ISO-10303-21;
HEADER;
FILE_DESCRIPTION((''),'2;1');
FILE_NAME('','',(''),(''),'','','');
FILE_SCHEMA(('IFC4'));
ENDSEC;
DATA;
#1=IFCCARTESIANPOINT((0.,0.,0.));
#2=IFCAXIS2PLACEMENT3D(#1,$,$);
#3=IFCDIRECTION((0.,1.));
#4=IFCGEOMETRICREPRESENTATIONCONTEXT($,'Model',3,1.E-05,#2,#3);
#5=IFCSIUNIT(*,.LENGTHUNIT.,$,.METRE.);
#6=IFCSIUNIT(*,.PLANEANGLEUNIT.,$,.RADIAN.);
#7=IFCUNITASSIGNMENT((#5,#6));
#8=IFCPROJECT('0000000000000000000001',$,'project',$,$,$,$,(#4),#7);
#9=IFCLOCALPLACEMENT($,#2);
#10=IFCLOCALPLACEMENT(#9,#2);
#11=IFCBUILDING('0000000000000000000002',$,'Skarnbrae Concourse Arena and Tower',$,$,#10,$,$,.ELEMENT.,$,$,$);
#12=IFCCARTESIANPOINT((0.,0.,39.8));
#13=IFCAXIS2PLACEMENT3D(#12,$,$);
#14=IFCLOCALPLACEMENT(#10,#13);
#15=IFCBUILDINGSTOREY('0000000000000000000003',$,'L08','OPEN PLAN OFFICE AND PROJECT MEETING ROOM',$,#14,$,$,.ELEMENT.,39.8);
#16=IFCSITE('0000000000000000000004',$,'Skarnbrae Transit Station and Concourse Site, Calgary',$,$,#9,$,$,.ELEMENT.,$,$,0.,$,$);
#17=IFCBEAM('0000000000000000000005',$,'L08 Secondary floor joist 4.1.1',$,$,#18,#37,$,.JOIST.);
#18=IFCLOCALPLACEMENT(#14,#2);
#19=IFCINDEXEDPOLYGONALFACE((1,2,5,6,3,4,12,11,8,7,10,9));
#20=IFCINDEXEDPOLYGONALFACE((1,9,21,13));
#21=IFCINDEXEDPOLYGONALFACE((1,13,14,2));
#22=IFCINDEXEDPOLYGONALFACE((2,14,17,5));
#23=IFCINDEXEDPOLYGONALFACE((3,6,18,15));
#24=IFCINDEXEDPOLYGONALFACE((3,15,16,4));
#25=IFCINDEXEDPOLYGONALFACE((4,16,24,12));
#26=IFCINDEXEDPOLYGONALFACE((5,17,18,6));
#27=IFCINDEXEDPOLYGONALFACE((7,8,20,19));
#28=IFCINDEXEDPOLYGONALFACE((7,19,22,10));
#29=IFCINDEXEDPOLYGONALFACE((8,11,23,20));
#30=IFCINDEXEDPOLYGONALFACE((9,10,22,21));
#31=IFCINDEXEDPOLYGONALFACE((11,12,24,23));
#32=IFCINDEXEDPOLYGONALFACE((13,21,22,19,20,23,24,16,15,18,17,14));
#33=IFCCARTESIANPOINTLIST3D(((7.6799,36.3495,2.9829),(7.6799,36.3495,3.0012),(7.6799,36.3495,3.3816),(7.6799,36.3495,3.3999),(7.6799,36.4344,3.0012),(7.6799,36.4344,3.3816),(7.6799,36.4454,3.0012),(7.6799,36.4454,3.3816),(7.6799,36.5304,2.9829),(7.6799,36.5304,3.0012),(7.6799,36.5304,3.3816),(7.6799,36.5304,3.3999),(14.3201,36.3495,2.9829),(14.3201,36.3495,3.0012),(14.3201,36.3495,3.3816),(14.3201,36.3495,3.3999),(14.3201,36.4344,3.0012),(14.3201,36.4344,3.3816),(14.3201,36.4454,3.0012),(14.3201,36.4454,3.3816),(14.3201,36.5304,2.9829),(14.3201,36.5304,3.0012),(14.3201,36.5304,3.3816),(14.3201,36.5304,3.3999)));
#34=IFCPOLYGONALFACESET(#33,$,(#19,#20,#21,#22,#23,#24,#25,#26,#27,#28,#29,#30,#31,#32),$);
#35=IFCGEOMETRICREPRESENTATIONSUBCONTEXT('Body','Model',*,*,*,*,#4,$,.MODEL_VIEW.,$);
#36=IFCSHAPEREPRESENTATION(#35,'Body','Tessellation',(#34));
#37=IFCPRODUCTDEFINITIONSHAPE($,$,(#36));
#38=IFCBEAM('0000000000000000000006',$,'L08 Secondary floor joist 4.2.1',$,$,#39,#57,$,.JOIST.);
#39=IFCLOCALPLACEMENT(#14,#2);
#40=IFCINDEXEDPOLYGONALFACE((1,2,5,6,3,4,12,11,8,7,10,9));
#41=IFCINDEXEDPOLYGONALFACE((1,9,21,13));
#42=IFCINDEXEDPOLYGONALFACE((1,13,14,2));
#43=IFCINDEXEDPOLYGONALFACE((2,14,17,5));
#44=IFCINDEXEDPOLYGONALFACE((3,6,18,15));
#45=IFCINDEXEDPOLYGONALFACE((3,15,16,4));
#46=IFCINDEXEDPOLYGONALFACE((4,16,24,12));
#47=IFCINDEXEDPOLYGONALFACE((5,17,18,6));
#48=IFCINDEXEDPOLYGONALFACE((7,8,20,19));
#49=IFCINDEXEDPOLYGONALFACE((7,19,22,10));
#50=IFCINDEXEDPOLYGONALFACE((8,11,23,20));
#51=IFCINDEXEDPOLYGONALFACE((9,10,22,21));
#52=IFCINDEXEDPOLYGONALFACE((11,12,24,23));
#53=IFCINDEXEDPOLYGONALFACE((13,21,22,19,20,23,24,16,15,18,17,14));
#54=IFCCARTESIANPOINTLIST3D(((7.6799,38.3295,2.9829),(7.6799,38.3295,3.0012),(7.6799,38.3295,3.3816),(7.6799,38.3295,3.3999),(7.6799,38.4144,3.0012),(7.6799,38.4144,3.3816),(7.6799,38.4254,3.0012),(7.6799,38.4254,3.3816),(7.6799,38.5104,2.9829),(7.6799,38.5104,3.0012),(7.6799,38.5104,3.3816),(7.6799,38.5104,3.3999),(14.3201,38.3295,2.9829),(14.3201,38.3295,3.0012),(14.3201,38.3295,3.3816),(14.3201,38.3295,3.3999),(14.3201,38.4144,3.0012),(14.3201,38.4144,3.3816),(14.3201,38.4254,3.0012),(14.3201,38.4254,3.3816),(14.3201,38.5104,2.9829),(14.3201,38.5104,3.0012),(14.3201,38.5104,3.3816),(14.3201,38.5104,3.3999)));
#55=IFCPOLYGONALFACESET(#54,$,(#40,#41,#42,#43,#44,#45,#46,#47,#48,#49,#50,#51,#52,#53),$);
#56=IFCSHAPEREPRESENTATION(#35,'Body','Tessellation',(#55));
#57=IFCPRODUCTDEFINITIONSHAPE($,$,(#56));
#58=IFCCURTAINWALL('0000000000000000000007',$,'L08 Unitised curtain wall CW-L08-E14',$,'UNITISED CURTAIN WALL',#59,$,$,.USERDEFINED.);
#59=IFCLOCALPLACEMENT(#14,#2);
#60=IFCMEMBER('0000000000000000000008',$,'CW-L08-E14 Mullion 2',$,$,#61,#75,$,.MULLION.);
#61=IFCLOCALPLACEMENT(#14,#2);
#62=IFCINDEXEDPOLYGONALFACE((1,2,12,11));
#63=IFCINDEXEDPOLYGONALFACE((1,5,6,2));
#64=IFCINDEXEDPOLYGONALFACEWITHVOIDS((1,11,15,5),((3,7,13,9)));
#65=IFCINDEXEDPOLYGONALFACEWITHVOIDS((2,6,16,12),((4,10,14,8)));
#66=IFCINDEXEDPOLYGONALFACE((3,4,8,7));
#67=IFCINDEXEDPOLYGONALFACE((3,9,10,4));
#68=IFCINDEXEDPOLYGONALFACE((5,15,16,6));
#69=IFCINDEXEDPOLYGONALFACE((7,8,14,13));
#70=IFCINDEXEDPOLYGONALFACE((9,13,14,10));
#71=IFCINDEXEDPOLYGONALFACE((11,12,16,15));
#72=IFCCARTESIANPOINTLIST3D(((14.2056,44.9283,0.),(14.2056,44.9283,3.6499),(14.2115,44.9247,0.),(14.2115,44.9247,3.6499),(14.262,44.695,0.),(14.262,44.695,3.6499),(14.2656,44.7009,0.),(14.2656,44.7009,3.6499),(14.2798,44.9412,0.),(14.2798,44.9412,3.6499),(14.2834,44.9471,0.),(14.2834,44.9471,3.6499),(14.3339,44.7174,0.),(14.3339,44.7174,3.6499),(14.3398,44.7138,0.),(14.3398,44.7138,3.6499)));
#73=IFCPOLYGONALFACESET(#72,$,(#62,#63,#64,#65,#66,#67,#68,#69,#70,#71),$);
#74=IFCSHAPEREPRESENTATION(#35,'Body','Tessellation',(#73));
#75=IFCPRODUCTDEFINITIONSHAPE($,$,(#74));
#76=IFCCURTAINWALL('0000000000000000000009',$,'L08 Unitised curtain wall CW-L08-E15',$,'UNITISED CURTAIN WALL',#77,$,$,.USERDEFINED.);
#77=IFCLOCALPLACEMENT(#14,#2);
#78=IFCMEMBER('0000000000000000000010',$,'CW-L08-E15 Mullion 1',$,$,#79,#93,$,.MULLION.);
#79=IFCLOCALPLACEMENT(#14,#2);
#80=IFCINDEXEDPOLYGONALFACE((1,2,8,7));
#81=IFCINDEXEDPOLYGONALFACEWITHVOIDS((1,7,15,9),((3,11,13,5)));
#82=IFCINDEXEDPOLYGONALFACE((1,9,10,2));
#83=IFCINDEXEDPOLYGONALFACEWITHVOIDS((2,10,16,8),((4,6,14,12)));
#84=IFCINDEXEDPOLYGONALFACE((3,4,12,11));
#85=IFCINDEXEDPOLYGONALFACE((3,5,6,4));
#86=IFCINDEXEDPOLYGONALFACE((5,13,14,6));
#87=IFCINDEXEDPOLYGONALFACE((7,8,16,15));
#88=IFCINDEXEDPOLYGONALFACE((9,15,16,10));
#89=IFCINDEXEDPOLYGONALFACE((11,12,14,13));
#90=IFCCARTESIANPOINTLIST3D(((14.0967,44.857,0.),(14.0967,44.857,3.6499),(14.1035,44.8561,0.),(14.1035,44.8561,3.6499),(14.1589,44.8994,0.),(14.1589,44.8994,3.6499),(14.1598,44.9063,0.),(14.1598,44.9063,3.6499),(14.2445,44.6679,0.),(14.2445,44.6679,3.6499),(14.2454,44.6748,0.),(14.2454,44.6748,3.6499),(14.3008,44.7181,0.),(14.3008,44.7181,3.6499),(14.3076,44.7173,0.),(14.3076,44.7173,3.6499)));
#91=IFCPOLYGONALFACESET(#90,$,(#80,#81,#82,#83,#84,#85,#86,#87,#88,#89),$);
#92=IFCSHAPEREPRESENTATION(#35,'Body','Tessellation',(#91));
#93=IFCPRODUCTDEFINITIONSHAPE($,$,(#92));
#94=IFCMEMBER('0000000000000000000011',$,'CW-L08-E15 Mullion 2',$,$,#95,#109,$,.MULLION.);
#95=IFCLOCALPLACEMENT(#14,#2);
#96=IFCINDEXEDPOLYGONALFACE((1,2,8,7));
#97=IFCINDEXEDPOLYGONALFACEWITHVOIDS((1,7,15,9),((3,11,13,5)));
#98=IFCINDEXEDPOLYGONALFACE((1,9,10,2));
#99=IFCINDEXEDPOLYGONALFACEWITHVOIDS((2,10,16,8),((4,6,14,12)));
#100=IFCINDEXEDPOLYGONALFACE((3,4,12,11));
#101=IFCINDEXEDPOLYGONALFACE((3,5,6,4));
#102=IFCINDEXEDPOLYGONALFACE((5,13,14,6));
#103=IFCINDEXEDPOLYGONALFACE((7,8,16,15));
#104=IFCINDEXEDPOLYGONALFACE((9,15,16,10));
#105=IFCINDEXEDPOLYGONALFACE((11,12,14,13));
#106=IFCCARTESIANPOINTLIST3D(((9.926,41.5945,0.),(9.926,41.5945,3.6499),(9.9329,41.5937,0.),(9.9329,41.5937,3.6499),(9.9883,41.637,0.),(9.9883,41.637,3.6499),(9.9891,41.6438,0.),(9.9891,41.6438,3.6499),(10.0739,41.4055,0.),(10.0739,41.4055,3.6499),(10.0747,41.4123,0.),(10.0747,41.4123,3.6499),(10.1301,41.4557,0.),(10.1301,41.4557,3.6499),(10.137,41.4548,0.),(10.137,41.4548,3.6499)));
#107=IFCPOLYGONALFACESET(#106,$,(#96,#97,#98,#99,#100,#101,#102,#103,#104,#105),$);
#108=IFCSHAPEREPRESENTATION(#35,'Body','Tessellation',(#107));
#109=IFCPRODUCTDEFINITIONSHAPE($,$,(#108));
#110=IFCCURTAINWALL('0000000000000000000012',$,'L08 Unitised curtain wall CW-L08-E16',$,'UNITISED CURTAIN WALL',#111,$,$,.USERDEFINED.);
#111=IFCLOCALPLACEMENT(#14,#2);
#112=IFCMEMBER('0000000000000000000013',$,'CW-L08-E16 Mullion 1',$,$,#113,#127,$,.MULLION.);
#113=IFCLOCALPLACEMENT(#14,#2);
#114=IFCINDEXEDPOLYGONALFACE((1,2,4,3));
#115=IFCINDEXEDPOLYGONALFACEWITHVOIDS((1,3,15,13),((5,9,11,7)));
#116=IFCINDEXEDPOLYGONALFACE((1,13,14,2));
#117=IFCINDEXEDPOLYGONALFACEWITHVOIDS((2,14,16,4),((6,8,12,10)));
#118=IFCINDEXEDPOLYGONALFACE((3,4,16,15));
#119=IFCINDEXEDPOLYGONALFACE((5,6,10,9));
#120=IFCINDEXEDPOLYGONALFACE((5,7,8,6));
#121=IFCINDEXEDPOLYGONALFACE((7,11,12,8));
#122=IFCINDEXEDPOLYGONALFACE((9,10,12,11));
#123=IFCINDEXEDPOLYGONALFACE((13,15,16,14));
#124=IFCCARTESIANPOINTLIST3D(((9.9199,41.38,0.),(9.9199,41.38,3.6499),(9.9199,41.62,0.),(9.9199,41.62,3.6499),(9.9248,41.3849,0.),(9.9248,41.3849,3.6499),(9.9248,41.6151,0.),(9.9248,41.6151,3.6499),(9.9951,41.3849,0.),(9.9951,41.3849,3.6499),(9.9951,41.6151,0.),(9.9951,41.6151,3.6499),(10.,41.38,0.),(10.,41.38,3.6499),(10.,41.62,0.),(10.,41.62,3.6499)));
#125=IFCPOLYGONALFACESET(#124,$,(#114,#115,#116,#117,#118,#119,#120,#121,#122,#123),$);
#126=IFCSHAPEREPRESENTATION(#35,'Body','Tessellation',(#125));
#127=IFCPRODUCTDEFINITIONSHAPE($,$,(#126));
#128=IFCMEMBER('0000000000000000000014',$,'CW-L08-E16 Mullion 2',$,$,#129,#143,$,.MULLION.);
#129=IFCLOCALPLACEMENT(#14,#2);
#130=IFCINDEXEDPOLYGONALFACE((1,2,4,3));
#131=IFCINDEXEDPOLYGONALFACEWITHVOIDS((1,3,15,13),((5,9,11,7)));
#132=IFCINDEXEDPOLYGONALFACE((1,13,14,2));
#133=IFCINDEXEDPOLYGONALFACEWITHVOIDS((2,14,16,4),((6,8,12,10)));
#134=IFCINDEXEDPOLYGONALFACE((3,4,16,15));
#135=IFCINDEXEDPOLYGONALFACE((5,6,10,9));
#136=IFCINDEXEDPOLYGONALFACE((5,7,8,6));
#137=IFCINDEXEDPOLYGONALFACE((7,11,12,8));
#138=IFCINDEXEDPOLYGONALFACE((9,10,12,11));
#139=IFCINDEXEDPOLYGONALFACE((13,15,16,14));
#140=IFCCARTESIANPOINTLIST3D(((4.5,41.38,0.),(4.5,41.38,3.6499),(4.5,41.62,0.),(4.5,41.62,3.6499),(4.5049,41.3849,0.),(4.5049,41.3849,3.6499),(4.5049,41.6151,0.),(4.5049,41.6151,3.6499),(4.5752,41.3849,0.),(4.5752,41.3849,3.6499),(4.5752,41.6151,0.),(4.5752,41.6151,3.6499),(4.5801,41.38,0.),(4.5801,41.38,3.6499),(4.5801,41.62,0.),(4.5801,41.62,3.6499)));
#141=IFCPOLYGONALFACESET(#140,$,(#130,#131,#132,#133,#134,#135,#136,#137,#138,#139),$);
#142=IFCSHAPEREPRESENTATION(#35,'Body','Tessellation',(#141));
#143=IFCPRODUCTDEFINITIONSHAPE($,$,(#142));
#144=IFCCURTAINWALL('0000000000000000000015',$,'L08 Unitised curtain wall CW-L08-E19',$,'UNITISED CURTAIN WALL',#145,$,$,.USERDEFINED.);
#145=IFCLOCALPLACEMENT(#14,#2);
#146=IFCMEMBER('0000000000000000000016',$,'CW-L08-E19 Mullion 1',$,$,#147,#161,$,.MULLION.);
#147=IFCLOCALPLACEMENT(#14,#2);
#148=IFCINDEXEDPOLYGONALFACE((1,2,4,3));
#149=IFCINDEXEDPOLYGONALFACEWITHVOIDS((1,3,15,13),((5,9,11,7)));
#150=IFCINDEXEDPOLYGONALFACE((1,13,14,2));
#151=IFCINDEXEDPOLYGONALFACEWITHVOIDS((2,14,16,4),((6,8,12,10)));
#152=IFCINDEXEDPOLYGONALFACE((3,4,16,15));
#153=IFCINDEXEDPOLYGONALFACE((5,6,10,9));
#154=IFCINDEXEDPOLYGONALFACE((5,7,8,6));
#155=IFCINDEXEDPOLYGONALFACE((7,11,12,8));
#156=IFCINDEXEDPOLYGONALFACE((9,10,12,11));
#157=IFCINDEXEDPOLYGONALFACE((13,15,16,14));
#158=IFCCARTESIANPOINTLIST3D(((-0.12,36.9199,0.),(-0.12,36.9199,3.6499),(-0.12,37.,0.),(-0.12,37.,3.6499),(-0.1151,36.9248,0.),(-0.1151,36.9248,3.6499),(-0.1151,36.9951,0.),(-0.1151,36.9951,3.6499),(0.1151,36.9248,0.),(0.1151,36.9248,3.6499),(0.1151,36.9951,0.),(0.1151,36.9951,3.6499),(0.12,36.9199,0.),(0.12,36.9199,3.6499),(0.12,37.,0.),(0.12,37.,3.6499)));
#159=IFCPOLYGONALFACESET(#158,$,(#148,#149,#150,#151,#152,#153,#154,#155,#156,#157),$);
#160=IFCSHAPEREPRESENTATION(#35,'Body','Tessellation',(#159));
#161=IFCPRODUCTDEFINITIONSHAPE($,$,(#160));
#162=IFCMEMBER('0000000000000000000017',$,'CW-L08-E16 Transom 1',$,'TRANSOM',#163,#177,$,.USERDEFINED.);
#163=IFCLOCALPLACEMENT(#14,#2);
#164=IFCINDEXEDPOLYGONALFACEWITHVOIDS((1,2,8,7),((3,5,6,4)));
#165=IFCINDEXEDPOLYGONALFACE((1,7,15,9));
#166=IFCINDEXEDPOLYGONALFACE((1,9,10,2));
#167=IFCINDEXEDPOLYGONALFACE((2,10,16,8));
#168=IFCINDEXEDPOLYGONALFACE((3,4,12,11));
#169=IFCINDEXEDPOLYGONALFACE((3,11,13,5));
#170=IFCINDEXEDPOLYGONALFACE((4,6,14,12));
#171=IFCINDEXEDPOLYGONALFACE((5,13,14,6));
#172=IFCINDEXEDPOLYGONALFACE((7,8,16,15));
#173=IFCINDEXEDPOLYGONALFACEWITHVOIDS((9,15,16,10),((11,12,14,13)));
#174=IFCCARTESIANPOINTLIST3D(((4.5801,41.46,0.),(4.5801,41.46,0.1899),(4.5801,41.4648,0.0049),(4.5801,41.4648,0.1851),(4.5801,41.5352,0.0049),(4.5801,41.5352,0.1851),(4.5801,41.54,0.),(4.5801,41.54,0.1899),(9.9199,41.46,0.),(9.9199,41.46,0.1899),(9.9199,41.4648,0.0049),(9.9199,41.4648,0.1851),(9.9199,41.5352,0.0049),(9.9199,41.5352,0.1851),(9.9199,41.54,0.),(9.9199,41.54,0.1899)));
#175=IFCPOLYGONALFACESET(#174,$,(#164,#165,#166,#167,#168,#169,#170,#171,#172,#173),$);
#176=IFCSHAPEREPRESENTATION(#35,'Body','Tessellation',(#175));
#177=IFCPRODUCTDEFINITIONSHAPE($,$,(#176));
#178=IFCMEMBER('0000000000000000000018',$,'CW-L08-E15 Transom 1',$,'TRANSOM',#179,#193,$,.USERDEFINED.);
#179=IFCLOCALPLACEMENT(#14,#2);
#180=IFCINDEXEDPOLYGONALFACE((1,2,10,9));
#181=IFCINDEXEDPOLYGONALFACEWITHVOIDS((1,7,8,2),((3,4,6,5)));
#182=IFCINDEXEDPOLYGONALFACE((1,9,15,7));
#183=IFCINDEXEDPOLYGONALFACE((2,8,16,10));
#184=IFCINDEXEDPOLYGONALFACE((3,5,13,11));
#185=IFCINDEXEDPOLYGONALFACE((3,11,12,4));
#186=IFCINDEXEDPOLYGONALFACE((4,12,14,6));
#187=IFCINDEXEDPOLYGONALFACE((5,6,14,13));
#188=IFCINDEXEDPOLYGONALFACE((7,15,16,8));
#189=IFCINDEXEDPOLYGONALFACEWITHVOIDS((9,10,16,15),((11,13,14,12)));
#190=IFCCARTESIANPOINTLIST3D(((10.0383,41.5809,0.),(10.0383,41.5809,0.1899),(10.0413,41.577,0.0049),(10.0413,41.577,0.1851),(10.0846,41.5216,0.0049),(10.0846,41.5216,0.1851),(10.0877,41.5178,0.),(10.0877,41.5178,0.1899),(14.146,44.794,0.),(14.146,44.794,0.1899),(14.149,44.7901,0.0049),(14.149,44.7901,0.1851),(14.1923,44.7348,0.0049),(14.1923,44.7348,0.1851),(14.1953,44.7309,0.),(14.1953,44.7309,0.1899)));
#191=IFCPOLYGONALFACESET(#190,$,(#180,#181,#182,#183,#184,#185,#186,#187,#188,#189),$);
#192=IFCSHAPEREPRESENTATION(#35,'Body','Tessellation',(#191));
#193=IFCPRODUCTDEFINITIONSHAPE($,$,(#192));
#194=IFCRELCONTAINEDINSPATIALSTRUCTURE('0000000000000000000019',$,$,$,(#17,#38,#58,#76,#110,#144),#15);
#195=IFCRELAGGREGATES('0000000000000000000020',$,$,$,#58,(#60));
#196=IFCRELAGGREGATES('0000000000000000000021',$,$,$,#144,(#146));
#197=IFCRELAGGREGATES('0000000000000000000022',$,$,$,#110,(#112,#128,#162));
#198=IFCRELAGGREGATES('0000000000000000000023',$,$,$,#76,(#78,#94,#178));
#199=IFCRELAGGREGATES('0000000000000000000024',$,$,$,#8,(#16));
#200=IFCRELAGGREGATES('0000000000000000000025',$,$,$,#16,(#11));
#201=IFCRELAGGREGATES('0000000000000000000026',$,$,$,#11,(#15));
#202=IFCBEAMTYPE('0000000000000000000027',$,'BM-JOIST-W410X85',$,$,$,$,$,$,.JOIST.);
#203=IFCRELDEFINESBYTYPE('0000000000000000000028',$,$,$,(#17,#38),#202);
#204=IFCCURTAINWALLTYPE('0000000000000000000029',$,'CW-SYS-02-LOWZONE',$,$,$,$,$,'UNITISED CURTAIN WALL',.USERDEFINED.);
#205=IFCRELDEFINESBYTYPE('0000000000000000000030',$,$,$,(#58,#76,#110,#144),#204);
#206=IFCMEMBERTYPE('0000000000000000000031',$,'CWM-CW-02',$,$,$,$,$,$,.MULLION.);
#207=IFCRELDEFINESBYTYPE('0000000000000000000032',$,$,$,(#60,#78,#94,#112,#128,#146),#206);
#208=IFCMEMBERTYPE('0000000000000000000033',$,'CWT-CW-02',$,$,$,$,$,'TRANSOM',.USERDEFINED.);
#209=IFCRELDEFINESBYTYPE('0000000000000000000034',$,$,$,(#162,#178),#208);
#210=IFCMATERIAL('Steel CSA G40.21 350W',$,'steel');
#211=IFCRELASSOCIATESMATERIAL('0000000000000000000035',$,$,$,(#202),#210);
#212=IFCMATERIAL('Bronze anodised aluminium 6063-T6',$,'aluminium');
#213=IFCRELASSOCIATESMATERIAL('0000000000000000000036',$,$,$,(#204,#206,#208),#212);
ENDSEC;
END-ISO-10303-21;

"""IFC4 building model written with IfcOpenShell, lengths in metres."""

from ifc_helpers import new_model, si_unit, direction, frame, origin, origin_2d, place, context, subcontext, project, spatial, hollow_rectangle, i_section, extrude, source, transform, mapped, material, material_profile, profile_set, type_object, element, aggregate, save


model = new_model("IFC4")

# Units and contexts
model_context = context("Model", 3, precision=1e-05, world=origin(), true_north=direction((0.0, 1.0)))
body_context = subcontext(model_context, "Body", "Model", "MODEL_VIEW")
ifc_project = project(units=[si_unit("LENGTHUNIT", "METRE"), si_unit("PLANEANGLEUNIT", "RADIAN")], contexts=[model_context])

# Site, building, storey
site_placement = place(None, origin())
site = spatial("IfcSite", under=ifc_project, at=site_placement, Name="Skarnbrae Transit Station and Concourse Site, Calgary", CompositionType="ELEMENT", RefElevation=0.0)
building_placement = place(site_placement, origin())
building = spatial("IfcBuilding", under=site, at=building_placement, Name="Skarnbrae Concourse Arena and Tower", CompositionType="ELEMENT")
storey_placement = place(building_placement, frame((0.0, 0.0, 39.8)))
storey = spatial("IfcBuildingStorey", under=building, at=storey_placement, Name="L08", Description="OPEN PLAN OFFICE AND PROJECT MEETING ROOM", CompositionType="ELEMENT", Elevation=39.8)

# Shared definitions
ifc_material_1 = material(Name="Steel CSA G40.21 350W", Category="steel")

# Beams
ifc_material_profile_1 = material_profile(ifc_material_1, i_section(OverallWidth=0.1809, OverallDepth=0.417, WebThickness=0.011, FlangeThickness=0.0183, at=origin_2d()), Name="W410X85")
ifc_profile_set_1 = profile_set([ifc_material_profile_1], Name="Steel CSA G40.21 350W")
beam_type_1 = type_object("IfcBeamType", Name="BM-JOIST-W410X85", PredefinedType="JOIST", material=ifc_profile_set_1)
shared_shape_1 = source(origin(), body_context, "Body", "SweptSolid", [
    extrude(i_section(OverallWidth=0.1809, OverallDepth=0.417, WebThickness=0.011, FlangeThickness=0.0183, at=origin_2d()), origin(), (0.0, 0.0, 1.0), 6.6401),
])
for number, where, z_axis, x_axis, name in (
    (1, (7.6799, 36.4399, 3.1914), (1.0, 0.0, 0.0), (0.0, 1.0, 0.0), "L08 Secondary floor joist 4.1.1"),
    (2, (7.6799, 38.4199, 3.1914), (1.0, 0.0, 0.0), (0.0, 1.0, 0.0), "L08 Secondary floor joist 4.2.1"),
):
    element("IfcBeam", number, at=place(storey_placement, frame(where, z_axis=z_axis, x_axis=x_axis)), inside=storey, type_object=beam_type_1, Name=name, PredefinedType="JOIST", context=body_context, shape_type="MappedRepresentation", body=[
        mapped(shared_shape_1, transform((0.0, 0.0, 0.0))),
    ])

# Curtain wall, member
ifc_material_2 = material(Name="Bronze anodised aluminium 6063-T6", Category="aluminium")
curtain_wall_type = type_object("IfcCurtainWallType", Name="CW-SYS-02-LOWZONE", ElementType="UNITISED CURTAIN WALL", PredefinedType="USERDEFINED", material=ifc_material_2)
curtain_wall_1_placement = place(storey_placement, origin())
curtain_wall_1 = element("IfcCurtainWall", 3, at=curtain_wall_1_placement, inside=storey, type_object=curtain_wall_type, Name="L08 Unitised curtain wall CW-L08-E14", ObjectType="UNITISED CURTAIN WALL", PredefinedType="USERDEFINED")
ifc_material_profile_2 = material_profile(ifc_material_2, hollow_rectangle(XDim=0.0801, YDim=0.24, WallThickness=0.0049, at=origin_2d()), Name="ALU-MULL-80X240")
ifc_profile_set_2 = profile_set([ifc_material_profile_2], Name="Bronze anodised aluminium 6063-T6")
member_type_1 = type_object("IfcMemberType", Name="CWM-CW-02", PredefinedType="MULLION", material=ifc_profile_set_2)
shared_shape_2 = source(origin(), body_context, "Body", "SweptSolid", [
    extrude(hollow_rectangle(XDim=0.0801, YDim=0.24, WallThickness=0.0049, at=origin_2d()), origin(), (0.0, 0.0, 1.0), 3.6499),
])
member_1_placement = place(storey_placement, frame((14.2727, 44.821, 0.0), z_axis=(0.0, 0.0, 1.0), x_axis=(-0.971974, -0.23509, 0.0)))
member_1 = element("IfcMember", 4, at=member_1_placement, type_object=member_type_1, Name="CW-L08-E14 Mullion 2", PredefinedType="MULLION", context=body_context, shape_type="MappedRepresentation", body=[
    mapped(shared_shape_2, transform((0.0, 0.0, 0.0))),
])
aggregate(curtain_wall_1, [member_1])

# Curtain walls, members
curtain_wall_2_placement = place(storey_placement, origin())
curtain_wall_2 = element("IfcCurtainWall", 5, at=curtain_wall_2_placement, inside=storey, type_object=curtain_wall_type, Name="L08 Unitised curtain wall CW-L08-E15", ObjectType="UNITISED CURTAIN WALL", PredefinedType="USERDEFINED")
member_2_placement = place(storey_placement, frame((14.2021, 44.7871, 0.0), z_axis=(0.0, 0.0, 1.0), x_axis=(-0.787652, -0.616121, 0.0)))
member_2 = element("IfcMember", 6, at=member_2_placement, type_object=member_type_1, Name="CW-L08-E15 Mullion 1", PredefinedType="MULLION", context=body_context, shape_type="MappedRepresentation", body=[
    mapped(shared_shape_2, transform((0.0, 0.0, 0.0))),
])
member_3_placement = place(storey_placement, frame((10.0315, 41.5247, 0.0), z_axis=(0.0, 0.0, 1.0), x_axis=(-0.787652, -0.616121, 0.0)))
member_3 = element("IfcMember", 7, at=member_3_placement, type_object=member_type_1, Name="CW-L08-E15 Mullion 2", PredefinedType="MULLION", context=body_context, shape_type="MappedRepresentation", body=[
    mapped(shared_shape_2, transform((0.0, 0.0, 0.0))),
])
curtain_wall_3_placement = place(storey_placement, origin())
curtain_wall_3 = element("IfcCurtainWall", 8, at=curtain_wall_3_placement, inside=storey, type_object=curtain_wall_type, Name="L08 Unitised curtain wall CW-L08-E16", ObjectType="UNITISED CURTAIN WALL", PredefinedType="USERDEFINED")
member_4_placement = place(storey_placement, frame((9.96, 41.5, 0.0), z_axis=(0.0, 0.0, 1.0), x_axis=(-1.0, 0.0, 0.0)))
member_4 = element("IfcMember", 9, at=member_4_placement, type_object=member_type_1, Name="CW-L08-E16 Mullion 1", PredefinedType="MULLION", context=body_context, shape_type="MappedRepresentation", body=[
    mapped(shared_shape_2, transform((0.0, 0.0, 0.0))),
])
member_5_placement = place(storey_placement, frame((4.54, 41.5, 0.0), z_axis=(0.0, 0.0, 1.0), x_axis=(-1.0, 0.0, 0.0)))
member_5 = element("IfcMember", 10, at=member_5_placement, type_object=member_type_1, Name="CW-L08-E16 Mullion 2", PredefinedType="MULLION", context=body_context, shape_type="MappedRepresentation", body=[
    mapped(shared_shape_2, transform((0.0, 0.0, 0.0))),
])

# Curtain wall, member
curtain_wall_4_placement = place(storey_placement, origin())
curtain_wall_4 = element("IfcCurtainWall", 11, at=curtain_wall_4_placement, inside=storey, type_object=curtain_wall_type, Name="L08 Unitised curtain wall CW-L08-E19", ObjectType="UNITISED CURTAIN WALL", PredefinedType="USERDEFINED")
member_6_placement = place(storey_placement, frame((0.0, 36.96, 0.0), z_axis=(0.0, 0.0, 1.0), x_axis=(0.0, -1.0, 0.0)))
member_6 = element("IfcMember", 12, at=member_6_placement, type_object=member_type_1, Name="CW-L08-E19 Mullion 1", PredefinedType="MULLION", context=body_context, shape_type="MappedRepresentation", body=[
    mapped(shared_shape_2, transform((0.0, 0.0, 0.0))),
])

# Members
ifc_material_profile_3 = material_profile(ifc_material_2, hollow_rectangle(XDim=0.0801, YDim=0.1899, WallThickness=0.0049, at=origin_2d()), Name="ALU-TRAN-80X190")
ifc_profile_set_3 = profile_set([ifc_material_profile_3], Name="Bronze anodised aluminium 6063-T6")
member_type_2 = type_object("IfcMemberType", Name="CWT-CW-02", ElementType="TRANSOM", PredefinedType="USERDEFINED", material=ifc_profile_set_3)
shared_shape_3 = source(origin(), body_context, "Body", "SweptSolid", [
    extrude(hollow_rectangle(XDim=0.0801, YDim=0.1899, WallThickness=0.0049, at=origin_2d()), origin(), (0.0, 0.0, 1.0), 5.3398),
])
member_7_placement = place(storey_placement, frame((9.9199, 41.5, 0.095), z_axis=(-1.0, 0.0, 0.0), x_axis=(0.0, -1.0, 0.0)))
member_7 = element("IfcMember", 13, at=member_7_placement, type_object=member_type_2, Name="CW-L08-E16 Transom 1", ObjectType="TRANSOM", PredefinedType="USERDEFINED", context=body_context, shape_type="MappedRepresentation", body=[
    mapped(shared_shape_3, transform((0.0, 0.0, 0.0))),
])
shared_shape_4 = source(origin(), body_context, "Body", "SweptSolid", [
    extrude(hollow_rectangle(XDim=0.0801, YDim=0.1899, WallThickness=0.0049, at=origin_2d()), origin(), (0.0, 0.0, 1.0), 5.2151),
])
member_8_placement = place(storey_placement, frame((14.1707, 44.7625, 0.095), z_axis=(-0.78765, -0.616123, 0.0), x_axis=(0.616123, -0.78765, 0.0)))
member_8 = element("IfcMember", 14, at=member_8_placement, type_object=member_type_2, Name="CW-L08-E15 Transom 1", ObjectType="TRANSOM", PredefinedType="USERDEFINED", context=body_context, shape_type="MappedRepresentation", body=[
    mapped(shared_shape_4, transform((0.0, 0.0, 0.0))),
])
aggregate(curtain_wall_4, [member_6])

aggregate(curtain_wall_3, [member_4, member_5, member_7])
aggregate(curtain_wall_2, [member_2, member_3, member_8])

save(model, "model.ifc")
